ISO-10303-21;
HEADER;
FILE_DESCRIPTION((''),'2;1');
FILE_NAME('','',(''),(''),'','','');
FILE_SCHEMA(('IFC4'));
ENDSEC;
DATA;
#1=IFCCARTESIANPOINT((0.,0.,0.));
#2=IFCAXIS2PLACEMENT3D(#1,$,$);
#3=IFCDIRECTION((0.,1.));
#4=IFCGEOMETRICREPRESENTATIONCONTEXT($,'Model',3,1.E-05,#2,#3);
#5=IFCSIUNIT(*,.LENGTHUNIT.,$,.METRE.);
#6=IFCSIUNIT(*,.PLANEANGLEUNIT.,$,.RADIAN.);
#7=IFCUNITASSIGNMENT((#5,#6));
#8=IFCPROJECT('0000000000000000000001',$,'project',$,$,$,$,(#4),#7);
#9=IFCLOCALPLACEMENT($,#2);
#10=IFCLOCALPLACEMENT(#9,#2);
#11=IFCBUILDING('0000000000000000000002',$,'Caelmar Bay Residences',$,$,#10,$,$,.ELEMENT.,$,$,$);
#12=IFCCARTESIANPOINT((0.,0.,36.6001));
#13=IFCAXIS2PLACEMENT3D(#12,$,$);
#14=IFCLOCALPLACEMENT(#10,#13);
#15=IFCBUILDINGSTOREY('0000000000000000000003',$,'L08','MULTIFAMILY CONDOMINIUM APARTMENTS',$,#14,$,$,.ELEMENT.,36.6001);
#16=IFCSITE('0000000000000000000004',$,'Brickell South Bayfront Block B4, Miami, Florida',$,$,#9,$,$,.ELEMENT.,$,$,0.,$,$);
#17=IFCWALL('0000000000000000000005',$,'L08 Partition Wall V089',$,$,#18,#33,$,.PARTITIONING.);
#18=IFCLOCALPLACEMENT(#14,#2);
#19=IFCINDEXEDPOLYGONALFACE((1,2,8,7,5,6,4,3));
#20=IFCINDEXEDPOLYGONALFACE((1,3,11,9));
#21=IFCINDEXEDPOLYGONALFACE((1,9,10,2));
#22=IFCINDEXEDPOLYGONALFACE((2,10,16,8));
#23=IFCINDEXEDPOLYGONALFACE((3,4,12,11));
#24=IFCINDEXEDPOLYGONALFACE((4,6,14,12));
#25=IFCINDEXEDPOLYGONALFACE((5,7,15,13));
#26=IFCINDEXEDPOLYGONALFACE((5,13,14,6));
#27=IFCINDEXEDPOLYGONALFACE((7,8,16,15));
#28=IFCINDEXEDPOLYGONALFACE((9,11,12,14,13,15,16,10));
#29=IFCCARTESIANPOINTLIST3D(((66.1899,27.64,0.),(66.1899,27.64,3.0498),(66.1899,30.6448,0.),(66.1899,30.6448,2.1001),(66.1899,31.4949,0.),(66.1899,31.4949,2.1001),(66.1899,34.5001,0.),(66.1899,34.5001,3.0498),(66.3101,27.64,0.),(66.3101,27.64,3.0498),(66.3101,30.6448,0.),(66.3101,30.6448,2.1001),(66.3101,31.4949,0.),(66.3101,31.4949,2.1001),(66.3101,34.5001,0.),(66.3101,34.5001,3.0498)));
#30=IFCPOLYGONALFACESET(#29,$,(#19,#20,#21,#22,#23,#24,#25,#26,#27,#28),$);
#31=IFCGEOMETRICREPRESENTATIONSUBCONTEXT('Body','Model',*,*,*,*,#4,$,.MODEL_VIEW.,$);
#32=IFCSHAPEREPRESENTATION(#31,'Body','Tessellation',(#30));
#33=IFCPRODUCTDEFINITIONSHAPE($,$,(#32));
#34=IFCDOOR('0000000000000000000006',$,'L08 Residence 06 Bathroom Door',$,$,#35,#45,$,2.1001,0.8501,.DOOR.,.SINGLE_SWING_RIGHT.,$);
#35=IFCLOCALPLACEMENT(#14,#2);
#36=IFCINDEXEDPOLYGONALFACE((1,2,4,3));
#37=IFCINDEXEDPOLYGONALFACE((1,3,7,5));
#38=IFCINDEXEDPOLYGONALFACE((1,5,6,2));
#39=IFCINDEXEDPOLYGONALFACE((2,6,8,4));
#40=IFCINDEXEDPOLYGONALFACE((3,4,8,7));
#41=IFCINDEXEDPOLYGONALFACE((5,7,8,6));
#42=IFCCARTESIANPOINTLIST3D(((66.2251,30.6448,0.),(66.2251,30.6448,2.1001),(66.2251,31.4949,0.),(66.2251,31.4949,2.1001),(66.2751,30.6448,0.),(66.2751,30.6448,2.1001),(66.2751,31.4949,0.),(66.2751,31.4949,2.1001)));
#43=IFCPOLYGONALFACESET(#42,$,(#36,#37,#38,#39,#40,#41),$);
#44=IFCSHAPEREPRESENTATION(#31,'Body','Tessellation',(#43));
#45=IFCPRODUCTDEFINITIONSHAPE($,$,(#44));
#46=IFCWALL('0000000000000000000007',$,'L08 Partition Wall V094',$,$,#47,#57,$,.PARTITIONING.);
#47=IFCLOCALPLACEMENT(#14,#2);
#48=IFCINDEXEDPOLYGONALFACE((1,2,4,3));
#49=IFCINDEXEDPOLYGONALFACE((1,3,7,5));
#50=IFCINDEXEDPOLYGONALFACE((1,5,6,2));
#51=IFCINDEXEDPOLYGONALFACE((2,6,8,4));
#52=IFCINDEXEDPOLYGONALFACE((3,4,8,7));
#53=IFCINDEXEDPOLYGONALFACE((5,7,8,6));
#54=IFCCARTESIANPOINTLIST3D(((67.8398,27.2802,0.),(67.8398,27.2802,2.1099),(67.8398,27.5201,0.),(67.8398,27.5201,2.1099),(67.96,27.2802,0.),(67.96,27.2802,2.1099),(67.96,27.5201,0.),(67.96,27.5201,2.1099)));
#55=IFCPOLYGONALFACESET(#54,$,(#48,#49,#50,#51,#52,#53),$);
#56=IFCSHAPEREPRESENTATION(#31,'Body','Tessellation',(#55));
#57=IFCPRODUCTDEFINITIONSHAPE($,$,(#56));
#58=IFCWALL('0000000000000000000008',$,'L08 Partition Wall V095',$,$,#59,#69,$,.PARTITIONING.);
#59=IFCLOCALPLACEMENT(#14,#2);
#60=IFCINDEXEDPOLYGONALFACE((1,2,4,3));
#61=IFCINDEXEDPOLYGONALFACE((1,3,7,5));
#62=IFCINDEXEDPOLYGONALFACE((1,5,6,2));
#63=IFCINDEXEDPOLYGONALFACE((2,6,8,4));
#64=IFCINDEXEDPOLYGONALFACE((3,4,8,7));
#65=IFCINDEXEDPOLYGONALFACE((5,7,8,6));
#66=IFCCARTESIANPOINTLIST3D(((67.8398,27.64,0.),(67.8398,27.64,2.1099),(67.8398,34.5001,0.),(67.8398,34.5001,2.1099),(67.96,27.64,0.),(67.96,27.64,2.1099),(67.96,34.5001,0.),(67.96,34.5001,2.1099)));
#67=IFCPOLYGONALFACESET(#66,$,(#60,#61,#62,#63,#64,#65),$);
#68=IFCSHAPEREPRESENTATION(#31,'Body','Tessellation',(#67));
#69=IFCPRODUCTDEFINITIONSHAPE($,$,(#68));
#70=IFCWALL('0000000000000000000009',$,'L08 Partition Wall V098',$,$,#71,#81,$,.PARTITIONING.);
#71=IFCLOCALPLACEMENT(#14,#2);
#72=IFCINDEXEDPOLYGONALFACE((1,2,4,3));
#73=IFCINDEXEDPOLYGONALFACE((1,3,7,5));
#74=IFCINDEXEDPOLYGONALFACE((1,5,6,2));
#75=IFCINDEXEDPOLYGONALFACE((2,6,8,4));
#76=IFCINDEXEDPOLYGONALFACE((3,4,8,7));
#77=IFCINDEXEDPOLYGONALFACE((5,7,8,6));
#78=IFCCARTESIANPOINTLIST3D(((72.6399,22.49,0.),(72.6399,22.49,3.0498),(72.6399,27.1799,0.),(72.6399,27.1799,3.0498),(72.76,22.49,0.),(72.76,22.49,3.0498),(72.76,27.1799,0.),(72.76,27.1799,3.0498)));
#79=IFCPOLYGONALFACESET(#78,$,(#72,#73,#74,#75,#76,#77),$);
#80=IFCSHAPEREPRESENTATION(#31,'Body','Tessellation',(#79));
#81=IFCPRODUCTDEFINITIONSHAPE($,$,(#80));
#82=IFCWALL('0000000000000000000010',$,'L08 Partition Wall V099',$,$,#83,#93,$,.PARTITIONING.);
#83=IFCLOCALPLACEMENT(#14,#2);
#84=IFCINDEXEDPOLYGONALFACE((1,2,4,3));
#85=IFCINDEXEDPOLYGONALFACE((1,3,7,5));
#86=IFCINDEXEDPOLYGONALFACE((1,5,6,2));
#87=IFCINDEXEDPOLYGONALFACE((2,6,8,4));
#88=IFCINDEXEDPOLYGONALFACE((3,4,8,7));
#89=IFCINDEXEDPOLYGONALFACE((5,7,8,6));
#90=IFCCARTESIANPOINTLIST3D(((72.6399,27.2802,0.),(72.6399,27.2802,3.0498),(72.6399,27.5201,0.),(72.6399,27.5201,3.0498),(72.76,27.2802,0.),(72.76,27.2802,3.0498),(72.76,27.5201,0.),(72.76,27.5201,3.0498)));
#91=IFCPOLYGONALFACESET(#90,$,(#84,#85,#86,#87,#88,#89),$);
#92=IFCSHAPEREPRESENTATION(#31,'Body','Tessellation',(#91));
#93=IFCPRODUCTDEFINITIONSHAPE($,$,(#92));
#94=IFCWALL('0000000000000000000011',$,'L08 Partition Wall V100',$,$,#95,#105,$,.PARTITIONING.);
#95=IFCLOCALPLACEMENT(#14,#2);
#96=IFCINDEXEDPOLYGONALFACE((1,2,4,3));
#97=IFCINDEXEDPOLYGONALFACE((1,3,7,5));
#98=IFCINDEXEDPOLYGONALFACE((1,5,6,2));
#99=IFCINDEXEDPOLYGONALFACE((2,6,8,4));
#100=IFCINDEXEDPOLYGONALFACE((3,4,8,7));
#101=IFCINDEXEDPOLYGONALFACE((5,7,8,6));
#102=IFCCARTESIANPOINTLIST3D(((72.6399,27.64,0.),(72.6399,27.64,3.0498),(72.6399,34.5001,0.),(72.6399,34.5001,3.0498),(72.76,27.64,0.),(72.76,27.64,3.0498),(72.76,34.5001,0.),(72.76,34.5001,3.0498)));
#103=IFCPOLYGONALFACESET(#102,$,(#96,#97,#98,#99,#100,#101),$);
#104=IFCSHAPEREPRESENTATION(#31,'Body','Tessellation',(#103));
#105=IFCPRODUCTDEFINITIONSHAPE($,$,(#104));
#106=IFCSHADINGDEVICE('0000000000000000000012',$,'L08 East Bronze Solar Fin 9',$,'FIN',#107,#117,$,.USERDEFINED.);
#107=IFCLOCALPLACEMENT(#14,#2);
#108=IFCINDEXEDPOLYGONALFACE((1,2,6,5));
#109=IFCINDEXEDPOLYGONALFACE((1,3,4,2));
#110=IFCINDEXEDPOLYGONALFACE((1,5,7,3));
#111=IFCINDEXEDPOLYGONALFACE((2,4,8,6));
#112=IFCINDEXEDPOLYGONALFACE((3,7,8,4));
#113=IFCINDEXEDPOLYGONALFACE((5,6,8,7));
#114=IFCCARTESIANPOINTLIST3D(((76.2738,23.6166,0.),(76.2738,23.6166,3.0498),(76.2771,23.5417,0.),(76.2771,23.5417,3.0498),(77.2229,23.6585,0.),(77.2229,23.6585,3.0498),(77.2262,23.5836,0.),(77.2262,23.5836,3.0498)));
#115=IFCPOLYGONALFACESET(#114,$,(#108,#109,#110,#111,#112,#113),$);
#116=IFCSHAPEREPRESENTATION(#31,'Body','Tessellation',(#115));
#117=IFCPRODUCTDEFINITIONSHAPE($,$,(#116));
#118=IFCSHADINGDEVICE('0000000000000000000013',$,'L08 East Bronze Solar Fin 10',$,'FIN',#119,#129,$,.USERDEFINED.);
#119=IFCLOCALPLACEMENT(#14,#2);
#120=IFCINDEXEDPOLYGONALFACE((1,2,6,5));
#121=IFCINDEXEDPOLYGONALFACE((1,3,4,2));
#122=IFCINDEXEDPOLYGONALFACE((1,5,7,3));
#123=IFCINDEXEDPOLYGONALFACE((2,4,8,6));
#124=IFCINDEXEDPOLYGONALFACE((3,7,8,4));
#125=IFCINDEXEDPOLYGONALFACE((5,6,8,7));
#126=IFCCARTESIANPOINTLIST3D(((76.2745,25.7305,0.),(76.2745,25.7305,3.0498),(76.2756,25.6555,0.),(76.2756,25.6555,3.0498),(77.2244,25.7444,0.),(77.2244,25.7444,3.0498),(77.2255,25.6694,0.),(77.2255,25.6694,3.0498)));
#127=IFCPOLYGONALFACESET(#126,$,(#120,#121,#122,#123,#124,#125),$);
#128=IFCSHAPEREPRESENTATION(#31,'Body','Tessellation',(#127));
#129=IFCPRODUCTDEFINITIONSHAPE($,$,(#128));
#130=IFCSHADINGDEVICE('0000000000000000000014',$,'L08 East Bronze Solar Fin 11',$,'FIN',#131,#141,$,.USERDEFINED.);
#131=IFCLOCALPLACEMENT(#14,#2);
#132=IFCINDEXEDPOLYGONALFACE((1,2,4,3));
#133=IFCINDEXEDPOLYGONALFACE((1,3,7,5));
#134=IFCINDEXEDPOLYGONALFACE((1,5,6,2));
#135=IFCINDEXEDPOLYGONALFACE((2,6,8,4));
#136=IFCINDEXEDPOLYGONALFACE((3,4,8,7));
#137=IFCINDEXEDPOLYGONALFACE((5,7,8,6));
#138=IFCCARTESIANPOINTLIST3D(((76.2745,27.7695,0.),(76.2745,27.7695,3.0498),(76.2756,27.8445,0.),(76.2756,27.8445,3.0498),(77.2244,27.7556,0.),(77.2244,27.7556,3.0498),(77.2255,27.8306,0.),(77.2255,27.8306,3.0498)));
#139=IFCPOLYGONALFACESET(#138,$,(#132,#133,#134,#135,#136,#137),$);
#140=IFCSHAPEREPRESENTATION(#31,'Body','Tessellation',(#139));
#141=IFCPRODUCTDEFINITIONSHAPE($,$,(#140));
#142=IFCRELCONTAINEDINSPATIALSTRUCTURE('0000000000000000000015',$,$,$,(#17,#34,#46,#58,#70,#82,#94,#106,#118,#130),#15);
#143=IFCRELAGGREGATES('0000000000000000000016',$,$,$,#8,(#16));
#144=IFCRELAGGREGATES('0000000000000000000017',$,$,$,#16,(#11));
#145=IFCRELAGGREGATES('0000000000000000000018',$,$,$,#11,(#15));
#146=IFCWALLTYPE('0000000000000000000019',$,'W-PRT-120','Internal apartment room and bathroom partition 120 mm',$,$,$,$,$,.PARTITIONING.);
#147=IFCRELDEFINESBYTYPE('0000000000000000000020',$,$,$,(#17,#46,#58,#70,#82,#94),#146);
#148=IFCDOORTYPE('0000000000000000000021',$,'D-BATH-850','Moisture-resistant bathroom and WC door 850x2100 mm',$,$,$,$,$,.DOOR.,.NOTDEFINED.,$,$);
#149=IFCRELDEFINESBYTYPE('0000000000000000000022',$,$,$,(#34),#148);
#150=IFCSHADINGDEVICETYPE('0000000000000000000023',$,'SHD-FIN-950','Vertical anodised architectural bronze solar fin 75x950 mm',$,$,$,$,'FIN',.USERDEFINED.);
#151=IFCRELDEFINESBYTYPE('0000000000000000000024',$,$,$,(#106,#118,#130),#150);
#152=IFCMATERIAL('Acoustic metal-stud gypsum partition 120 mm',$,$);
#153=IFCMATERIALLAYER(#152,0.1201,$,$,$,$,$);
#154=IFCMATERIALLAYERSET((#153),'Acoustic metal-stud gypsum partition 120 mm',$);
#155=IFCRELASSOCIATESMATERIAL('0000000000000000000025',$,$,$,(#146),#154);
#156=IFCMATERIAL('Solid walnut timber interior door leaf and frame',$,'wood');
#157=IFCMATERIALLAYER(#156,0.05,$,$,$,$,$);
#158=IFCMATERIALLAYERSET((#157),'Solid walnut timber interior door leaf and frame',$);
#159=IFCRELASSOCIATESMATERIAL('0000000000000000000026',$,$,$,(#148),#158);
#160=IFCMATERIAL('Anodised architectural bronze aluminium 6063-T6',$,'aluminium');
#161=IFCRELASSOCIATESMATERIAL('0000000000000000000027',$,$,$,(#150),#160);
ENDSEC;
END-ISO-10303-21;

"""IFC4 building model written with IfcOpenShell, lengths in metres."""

from ifc_helpers import new_model, si_unit, direction, frame, frame_2d, origin, origin_2d, place, context, subcontext, project, spatial, rectangle, extrude, material, layer, layer_set, material_profile, profile_set, type_object, element, fill, save


model = new_model("IFC4")

# Units and contexts
model_context = context("Model", 3, precision=1e-05, world=origin(), true_north=direction((0.0, 1.0)))
body_context = subcontext(model_context, "Body", "Model", "MODEL_VIEW")
ifc_project = project(units=[si_unit("LENGTHUNIT", "METRE"), si_unit("PLANEANGLEUNIT", "RADIAN")], contexts=[model_context])

# Site, building, storey
site_placement = place(None, origin())
site = spatial("IfcSite", under=ifc_project, at=site_placement, Name="Brickell South Bayfront Block B4, Miami, Florida", CompositionType="ELEMENT", RefElevation=0.0)
building_placement = place(site_placement, origin())
building = spatial("IfcBuilding", under=site, at=building_placement, Name="Caelmar Bay Residences", CompositionType="ELEMENT")
storey_placement = place(building_placement, frame((0.0, 0.0, 36.6001)))
storey = spatial("IfcBuildingStorey", under=building, at=storey_placement, Name="L08", Description="MULTIFAMILY CONDOMINIUM APARTMENTS", CompositionType="ELEMENT", Elevation=36.6001)

# Shared definitions
ifc_material_1 = material(Name="Solid walnut timber interior door leaf and frame", Category="wood")

# Shared definitions
ifc_material_2 = material(Name="Acoustic metal-stud gypsum partition 120 mm")
ifc_layer_1 = layer(ifc_material_2, 0.1201)
ifc_layer_set_1 = layer_set([ifc_layer_1], Name="Acoustic metal-stud gypsum partition 120 mm")
wall_type_1 = type_object("IfcWallType", Name="W-PRT-120", Description="Internal apartment room and bathroom partition 120 mm", PredefinedType="PARTITIONING", material=ifc_layer_set_1)

# Wall, opening, door
wall_1_placement = place(storey_placement, frame((66.25, 27.6399, 0.0), z_axis=(0.0, 0.0, 1.0), x_axis=(0.0, 1.0, 0.0)))
wall_1 = element("IfcWall", 1, at=wall_1_placement, inside=storey, type_object=wall_type_1, Name="L08 Partition Wall V089", PredefinedType="PARTITIONING", context=body_context, shape_type="SweptSolid", body=[
    extrude(rectangle(XDim=6.8601, YDim=0.1201, at=frame_2d((3.4302, 0.0))), origin(), (0.0, 0.0, 1.0), 3.0498),
])
opening_1_placement = place(wall_1_placement, frame((3.0049, 0.0, 0.0)))
opening_1 = element("IfcOpeningElement", 2, at=opening_1_placement, cuts=wall_1, PredefinedType="OPENING", context=body_context, shape_type="SweptSolid", body=[
    extrude(rectangle(XDim=0.8501, YDim=2.1001, at=frame_2d((0.425, 1.05))), frame((0.0, 0.0701, 0.0), z_axis=(0.0, -1.0, 0.0), x_axis=(1.0, 0.0, 0.0)), (0.0, 0.0, 1.0), 0.1401),
])
ifc_layer_2 = layer(ifc_material_1, 0.05)
ifc_layer_set_2 = layer_set([ifc_layer_2], Name="Solid walnut timber interior door leaf and frame")
door_type_1 = type_object("IfcDoorType", Name="D-BATH-850", Description="Moisture-resistant bathroom and WC door 850x2100 mm", OperationType="NOTDEFINED", PredefinedType="DOOR", material=ifc_layer_set_2)
door_1_placement = place(opening_1_placement, origin())
door_1 = element("IfcDoor", 3, at=door_1_placement, inside=storey, type_object=door_type_1, Name="L08 Residence 06 Bathroom Door", OperationType="SINGLE_SWING_RIGHT", OverallHeight=2.1001, OverallWidth=0.8501, PredefinedType="DOOR", context=body_context, shape_type="SweptSolid", body=[
    extrude(rectangle(XDim=0.8501, YDim=2.1001, at=frame_2d((0.425, 1.05))), frame((0.0, 0.0249, 0.0), z_axis=(0.0, -1.0, 0.0), x_axis=(1.0, 0.0, 0.0)), (0.0, 0.0, 1.0), 0.05),
])
fill(opening_1, door_1)

# Walls
wall_2_placement = place(storey_placement, frame((67.8999, 27.28, 0.0), z_axis=(0.0, 0.0, 1.0), x_axis=(0.0, 1.0, 0.0)))
element("IfcWall", 4, at=wall_2_placement, inside=storey, type_object=wall_type_1, Name="L08 Partition Wall V094", PredefinedType="PARTITIONING", context=body_context, shape_type="SweptSolid", body=[
    extrude(rectangle(XDim=0.24, YDim=0.1201, at=frame_2d((0.1201, 0.0))), origin(), (0.0, 0.0, 1.0), 2.1099),
])
wall_3_placement = place(storey_placement, frame((67.8999, 27.6399, 0.0), z_axis=(0.0, 0.0, 1.0), x_axis=(0.0, 1.0, 0.0)))
element("IfcWall", 5, at=wall_3_placement, inside=storey, type_object=wall_type_1, Name="L08 Partition Wall V095", PredefinedType="PARTITIONING", context=body_context, shape_type="SweptSolid", body=[
    extrude(rectangle(XDim=6.8601, YDim=0.1201, at=frame_2d((3.4302, 0.0))), origin(), (0.0, 0.0, 1.0), 2.1099),
])
wall_4_placement = place(storey_placement, frame((72.7, 22.49, 0.0), z_axis=(0.0, 0.0, 1.0), x_axis=(0.0, 1.0, 0.0)))
element("IfcWall", 6, at=wall_4_placement, inside=storey, type_object=wall_type_1, Name="L08 Partition Wall V098", PredefinedType="PARTITIONING", context=body_context, shape_type="SweptSolid", body=[
    extrude(rectangle(XDim=4.6899, YDim=0.1201, at=frame_2d((2.345, 0.0))), origin(), (0.0, 0.0, 1.0), 3.0498),
])
wall_5_placement = place(storey_placement, frame((72.7, 27.28, 0.0), z_axis=(0.0, 0.0, 1.0), x_axis=(0.0, 1.0, 0.0)))
element("IfcWall", 7, at=wall_5_placement, inside=storey, type_object=wall_type_1, Name="L08 Partition Wall V099", PredefinedType="PARTITIONING", context=body_context, shape_type="SweptSolid", body=[
    extrude(rectangle(XDim=0.24, YDim=0.1201, at=frame_2d((0.1201, 0.0))), origin(), (0.0, 0.0, 1.0), 3.0498),
])
wall_6_placement = place(storey_placement, frame((72.7, 27.6399, 0.0), z_axis=(0.0, 0.0, 1.0), x_axis=(0.0, 1.0, 0.0)))
element("IfcWall", 8, at=wall_6_placement, inside=storey, type_object=wall_type_1, Name="L08 Partition Wall V100", PredefinedType="PARTITIONING", context=body_context, shape_type="SweptSolid", body=[
    extrude(rectangle(XDim=6.8601, YDim=0.1201, at=frame_2d((3.4302, 0.0))), origin(), (0.0, 0.0, 1.0), 3.0498),
])

# Shading devices
ifc_material_3 = material(Name="Anodised architectural bronze aluminium 6063-T6", Category="aluminium")
ifc_material_profile_1 = material_profile(ifc_material_3, rectangle(XDim=0.075, YDim=0.95, at=origin_2d()), Name="BRONZE-FIN-75X950")
ifc_profile_set_1 = profile_set([ifc_material_profile_1], Name="Anodised architectural bronze aluminium 6063-T6")
shading_device_type = type_object("IfcShadingDeviceType", Name="SHD-FIN-950", Description="Vertical anodised architectural bronze solar fin 75x950 mm", ElementType="FIN", PredefinedType="USERDEFINED", material=ifc_profile_set_1)
for number, where, z_axis, x_axis, name in (
    (9, (76.75, 23.6001, 0.0), (0.0, 0.0, 1.0), (-0.044142, 0.999025, 0.0), "L08 East Bronze Solar Fin 9"),
    (10, (76.75, 25.7, 0.0), (0.0, 0.0, 1.0), (-0.01466, 0.999893, 0.0), "L08 East Bronze Solar Fin 10"),
    (11, (76.75, 27.8, 0.0), (0.0, 0.0, 1.0), (0.01466, 0.999893, 0.0), "L08 East Bronze Solar Fin 11"),
):
    element("IfcShadingDevice", number, at=place(storey_placement, frame(where, z_axis=z_axis, x_axis=x_axis)), inside=storey, type_object=shading_device_type, Name=name, ObjectType="FIN", PredefinedType="USERDEFINED", context=body_context, shape_type="SweptSolid", body=[
        extrude(rectangle(XDim=0.075, YDim=0.95, at=origin_2d()), origin(), (0.0, 0.0, 1.0), 3.0498),
    ])

save(model, "model.ifc")
